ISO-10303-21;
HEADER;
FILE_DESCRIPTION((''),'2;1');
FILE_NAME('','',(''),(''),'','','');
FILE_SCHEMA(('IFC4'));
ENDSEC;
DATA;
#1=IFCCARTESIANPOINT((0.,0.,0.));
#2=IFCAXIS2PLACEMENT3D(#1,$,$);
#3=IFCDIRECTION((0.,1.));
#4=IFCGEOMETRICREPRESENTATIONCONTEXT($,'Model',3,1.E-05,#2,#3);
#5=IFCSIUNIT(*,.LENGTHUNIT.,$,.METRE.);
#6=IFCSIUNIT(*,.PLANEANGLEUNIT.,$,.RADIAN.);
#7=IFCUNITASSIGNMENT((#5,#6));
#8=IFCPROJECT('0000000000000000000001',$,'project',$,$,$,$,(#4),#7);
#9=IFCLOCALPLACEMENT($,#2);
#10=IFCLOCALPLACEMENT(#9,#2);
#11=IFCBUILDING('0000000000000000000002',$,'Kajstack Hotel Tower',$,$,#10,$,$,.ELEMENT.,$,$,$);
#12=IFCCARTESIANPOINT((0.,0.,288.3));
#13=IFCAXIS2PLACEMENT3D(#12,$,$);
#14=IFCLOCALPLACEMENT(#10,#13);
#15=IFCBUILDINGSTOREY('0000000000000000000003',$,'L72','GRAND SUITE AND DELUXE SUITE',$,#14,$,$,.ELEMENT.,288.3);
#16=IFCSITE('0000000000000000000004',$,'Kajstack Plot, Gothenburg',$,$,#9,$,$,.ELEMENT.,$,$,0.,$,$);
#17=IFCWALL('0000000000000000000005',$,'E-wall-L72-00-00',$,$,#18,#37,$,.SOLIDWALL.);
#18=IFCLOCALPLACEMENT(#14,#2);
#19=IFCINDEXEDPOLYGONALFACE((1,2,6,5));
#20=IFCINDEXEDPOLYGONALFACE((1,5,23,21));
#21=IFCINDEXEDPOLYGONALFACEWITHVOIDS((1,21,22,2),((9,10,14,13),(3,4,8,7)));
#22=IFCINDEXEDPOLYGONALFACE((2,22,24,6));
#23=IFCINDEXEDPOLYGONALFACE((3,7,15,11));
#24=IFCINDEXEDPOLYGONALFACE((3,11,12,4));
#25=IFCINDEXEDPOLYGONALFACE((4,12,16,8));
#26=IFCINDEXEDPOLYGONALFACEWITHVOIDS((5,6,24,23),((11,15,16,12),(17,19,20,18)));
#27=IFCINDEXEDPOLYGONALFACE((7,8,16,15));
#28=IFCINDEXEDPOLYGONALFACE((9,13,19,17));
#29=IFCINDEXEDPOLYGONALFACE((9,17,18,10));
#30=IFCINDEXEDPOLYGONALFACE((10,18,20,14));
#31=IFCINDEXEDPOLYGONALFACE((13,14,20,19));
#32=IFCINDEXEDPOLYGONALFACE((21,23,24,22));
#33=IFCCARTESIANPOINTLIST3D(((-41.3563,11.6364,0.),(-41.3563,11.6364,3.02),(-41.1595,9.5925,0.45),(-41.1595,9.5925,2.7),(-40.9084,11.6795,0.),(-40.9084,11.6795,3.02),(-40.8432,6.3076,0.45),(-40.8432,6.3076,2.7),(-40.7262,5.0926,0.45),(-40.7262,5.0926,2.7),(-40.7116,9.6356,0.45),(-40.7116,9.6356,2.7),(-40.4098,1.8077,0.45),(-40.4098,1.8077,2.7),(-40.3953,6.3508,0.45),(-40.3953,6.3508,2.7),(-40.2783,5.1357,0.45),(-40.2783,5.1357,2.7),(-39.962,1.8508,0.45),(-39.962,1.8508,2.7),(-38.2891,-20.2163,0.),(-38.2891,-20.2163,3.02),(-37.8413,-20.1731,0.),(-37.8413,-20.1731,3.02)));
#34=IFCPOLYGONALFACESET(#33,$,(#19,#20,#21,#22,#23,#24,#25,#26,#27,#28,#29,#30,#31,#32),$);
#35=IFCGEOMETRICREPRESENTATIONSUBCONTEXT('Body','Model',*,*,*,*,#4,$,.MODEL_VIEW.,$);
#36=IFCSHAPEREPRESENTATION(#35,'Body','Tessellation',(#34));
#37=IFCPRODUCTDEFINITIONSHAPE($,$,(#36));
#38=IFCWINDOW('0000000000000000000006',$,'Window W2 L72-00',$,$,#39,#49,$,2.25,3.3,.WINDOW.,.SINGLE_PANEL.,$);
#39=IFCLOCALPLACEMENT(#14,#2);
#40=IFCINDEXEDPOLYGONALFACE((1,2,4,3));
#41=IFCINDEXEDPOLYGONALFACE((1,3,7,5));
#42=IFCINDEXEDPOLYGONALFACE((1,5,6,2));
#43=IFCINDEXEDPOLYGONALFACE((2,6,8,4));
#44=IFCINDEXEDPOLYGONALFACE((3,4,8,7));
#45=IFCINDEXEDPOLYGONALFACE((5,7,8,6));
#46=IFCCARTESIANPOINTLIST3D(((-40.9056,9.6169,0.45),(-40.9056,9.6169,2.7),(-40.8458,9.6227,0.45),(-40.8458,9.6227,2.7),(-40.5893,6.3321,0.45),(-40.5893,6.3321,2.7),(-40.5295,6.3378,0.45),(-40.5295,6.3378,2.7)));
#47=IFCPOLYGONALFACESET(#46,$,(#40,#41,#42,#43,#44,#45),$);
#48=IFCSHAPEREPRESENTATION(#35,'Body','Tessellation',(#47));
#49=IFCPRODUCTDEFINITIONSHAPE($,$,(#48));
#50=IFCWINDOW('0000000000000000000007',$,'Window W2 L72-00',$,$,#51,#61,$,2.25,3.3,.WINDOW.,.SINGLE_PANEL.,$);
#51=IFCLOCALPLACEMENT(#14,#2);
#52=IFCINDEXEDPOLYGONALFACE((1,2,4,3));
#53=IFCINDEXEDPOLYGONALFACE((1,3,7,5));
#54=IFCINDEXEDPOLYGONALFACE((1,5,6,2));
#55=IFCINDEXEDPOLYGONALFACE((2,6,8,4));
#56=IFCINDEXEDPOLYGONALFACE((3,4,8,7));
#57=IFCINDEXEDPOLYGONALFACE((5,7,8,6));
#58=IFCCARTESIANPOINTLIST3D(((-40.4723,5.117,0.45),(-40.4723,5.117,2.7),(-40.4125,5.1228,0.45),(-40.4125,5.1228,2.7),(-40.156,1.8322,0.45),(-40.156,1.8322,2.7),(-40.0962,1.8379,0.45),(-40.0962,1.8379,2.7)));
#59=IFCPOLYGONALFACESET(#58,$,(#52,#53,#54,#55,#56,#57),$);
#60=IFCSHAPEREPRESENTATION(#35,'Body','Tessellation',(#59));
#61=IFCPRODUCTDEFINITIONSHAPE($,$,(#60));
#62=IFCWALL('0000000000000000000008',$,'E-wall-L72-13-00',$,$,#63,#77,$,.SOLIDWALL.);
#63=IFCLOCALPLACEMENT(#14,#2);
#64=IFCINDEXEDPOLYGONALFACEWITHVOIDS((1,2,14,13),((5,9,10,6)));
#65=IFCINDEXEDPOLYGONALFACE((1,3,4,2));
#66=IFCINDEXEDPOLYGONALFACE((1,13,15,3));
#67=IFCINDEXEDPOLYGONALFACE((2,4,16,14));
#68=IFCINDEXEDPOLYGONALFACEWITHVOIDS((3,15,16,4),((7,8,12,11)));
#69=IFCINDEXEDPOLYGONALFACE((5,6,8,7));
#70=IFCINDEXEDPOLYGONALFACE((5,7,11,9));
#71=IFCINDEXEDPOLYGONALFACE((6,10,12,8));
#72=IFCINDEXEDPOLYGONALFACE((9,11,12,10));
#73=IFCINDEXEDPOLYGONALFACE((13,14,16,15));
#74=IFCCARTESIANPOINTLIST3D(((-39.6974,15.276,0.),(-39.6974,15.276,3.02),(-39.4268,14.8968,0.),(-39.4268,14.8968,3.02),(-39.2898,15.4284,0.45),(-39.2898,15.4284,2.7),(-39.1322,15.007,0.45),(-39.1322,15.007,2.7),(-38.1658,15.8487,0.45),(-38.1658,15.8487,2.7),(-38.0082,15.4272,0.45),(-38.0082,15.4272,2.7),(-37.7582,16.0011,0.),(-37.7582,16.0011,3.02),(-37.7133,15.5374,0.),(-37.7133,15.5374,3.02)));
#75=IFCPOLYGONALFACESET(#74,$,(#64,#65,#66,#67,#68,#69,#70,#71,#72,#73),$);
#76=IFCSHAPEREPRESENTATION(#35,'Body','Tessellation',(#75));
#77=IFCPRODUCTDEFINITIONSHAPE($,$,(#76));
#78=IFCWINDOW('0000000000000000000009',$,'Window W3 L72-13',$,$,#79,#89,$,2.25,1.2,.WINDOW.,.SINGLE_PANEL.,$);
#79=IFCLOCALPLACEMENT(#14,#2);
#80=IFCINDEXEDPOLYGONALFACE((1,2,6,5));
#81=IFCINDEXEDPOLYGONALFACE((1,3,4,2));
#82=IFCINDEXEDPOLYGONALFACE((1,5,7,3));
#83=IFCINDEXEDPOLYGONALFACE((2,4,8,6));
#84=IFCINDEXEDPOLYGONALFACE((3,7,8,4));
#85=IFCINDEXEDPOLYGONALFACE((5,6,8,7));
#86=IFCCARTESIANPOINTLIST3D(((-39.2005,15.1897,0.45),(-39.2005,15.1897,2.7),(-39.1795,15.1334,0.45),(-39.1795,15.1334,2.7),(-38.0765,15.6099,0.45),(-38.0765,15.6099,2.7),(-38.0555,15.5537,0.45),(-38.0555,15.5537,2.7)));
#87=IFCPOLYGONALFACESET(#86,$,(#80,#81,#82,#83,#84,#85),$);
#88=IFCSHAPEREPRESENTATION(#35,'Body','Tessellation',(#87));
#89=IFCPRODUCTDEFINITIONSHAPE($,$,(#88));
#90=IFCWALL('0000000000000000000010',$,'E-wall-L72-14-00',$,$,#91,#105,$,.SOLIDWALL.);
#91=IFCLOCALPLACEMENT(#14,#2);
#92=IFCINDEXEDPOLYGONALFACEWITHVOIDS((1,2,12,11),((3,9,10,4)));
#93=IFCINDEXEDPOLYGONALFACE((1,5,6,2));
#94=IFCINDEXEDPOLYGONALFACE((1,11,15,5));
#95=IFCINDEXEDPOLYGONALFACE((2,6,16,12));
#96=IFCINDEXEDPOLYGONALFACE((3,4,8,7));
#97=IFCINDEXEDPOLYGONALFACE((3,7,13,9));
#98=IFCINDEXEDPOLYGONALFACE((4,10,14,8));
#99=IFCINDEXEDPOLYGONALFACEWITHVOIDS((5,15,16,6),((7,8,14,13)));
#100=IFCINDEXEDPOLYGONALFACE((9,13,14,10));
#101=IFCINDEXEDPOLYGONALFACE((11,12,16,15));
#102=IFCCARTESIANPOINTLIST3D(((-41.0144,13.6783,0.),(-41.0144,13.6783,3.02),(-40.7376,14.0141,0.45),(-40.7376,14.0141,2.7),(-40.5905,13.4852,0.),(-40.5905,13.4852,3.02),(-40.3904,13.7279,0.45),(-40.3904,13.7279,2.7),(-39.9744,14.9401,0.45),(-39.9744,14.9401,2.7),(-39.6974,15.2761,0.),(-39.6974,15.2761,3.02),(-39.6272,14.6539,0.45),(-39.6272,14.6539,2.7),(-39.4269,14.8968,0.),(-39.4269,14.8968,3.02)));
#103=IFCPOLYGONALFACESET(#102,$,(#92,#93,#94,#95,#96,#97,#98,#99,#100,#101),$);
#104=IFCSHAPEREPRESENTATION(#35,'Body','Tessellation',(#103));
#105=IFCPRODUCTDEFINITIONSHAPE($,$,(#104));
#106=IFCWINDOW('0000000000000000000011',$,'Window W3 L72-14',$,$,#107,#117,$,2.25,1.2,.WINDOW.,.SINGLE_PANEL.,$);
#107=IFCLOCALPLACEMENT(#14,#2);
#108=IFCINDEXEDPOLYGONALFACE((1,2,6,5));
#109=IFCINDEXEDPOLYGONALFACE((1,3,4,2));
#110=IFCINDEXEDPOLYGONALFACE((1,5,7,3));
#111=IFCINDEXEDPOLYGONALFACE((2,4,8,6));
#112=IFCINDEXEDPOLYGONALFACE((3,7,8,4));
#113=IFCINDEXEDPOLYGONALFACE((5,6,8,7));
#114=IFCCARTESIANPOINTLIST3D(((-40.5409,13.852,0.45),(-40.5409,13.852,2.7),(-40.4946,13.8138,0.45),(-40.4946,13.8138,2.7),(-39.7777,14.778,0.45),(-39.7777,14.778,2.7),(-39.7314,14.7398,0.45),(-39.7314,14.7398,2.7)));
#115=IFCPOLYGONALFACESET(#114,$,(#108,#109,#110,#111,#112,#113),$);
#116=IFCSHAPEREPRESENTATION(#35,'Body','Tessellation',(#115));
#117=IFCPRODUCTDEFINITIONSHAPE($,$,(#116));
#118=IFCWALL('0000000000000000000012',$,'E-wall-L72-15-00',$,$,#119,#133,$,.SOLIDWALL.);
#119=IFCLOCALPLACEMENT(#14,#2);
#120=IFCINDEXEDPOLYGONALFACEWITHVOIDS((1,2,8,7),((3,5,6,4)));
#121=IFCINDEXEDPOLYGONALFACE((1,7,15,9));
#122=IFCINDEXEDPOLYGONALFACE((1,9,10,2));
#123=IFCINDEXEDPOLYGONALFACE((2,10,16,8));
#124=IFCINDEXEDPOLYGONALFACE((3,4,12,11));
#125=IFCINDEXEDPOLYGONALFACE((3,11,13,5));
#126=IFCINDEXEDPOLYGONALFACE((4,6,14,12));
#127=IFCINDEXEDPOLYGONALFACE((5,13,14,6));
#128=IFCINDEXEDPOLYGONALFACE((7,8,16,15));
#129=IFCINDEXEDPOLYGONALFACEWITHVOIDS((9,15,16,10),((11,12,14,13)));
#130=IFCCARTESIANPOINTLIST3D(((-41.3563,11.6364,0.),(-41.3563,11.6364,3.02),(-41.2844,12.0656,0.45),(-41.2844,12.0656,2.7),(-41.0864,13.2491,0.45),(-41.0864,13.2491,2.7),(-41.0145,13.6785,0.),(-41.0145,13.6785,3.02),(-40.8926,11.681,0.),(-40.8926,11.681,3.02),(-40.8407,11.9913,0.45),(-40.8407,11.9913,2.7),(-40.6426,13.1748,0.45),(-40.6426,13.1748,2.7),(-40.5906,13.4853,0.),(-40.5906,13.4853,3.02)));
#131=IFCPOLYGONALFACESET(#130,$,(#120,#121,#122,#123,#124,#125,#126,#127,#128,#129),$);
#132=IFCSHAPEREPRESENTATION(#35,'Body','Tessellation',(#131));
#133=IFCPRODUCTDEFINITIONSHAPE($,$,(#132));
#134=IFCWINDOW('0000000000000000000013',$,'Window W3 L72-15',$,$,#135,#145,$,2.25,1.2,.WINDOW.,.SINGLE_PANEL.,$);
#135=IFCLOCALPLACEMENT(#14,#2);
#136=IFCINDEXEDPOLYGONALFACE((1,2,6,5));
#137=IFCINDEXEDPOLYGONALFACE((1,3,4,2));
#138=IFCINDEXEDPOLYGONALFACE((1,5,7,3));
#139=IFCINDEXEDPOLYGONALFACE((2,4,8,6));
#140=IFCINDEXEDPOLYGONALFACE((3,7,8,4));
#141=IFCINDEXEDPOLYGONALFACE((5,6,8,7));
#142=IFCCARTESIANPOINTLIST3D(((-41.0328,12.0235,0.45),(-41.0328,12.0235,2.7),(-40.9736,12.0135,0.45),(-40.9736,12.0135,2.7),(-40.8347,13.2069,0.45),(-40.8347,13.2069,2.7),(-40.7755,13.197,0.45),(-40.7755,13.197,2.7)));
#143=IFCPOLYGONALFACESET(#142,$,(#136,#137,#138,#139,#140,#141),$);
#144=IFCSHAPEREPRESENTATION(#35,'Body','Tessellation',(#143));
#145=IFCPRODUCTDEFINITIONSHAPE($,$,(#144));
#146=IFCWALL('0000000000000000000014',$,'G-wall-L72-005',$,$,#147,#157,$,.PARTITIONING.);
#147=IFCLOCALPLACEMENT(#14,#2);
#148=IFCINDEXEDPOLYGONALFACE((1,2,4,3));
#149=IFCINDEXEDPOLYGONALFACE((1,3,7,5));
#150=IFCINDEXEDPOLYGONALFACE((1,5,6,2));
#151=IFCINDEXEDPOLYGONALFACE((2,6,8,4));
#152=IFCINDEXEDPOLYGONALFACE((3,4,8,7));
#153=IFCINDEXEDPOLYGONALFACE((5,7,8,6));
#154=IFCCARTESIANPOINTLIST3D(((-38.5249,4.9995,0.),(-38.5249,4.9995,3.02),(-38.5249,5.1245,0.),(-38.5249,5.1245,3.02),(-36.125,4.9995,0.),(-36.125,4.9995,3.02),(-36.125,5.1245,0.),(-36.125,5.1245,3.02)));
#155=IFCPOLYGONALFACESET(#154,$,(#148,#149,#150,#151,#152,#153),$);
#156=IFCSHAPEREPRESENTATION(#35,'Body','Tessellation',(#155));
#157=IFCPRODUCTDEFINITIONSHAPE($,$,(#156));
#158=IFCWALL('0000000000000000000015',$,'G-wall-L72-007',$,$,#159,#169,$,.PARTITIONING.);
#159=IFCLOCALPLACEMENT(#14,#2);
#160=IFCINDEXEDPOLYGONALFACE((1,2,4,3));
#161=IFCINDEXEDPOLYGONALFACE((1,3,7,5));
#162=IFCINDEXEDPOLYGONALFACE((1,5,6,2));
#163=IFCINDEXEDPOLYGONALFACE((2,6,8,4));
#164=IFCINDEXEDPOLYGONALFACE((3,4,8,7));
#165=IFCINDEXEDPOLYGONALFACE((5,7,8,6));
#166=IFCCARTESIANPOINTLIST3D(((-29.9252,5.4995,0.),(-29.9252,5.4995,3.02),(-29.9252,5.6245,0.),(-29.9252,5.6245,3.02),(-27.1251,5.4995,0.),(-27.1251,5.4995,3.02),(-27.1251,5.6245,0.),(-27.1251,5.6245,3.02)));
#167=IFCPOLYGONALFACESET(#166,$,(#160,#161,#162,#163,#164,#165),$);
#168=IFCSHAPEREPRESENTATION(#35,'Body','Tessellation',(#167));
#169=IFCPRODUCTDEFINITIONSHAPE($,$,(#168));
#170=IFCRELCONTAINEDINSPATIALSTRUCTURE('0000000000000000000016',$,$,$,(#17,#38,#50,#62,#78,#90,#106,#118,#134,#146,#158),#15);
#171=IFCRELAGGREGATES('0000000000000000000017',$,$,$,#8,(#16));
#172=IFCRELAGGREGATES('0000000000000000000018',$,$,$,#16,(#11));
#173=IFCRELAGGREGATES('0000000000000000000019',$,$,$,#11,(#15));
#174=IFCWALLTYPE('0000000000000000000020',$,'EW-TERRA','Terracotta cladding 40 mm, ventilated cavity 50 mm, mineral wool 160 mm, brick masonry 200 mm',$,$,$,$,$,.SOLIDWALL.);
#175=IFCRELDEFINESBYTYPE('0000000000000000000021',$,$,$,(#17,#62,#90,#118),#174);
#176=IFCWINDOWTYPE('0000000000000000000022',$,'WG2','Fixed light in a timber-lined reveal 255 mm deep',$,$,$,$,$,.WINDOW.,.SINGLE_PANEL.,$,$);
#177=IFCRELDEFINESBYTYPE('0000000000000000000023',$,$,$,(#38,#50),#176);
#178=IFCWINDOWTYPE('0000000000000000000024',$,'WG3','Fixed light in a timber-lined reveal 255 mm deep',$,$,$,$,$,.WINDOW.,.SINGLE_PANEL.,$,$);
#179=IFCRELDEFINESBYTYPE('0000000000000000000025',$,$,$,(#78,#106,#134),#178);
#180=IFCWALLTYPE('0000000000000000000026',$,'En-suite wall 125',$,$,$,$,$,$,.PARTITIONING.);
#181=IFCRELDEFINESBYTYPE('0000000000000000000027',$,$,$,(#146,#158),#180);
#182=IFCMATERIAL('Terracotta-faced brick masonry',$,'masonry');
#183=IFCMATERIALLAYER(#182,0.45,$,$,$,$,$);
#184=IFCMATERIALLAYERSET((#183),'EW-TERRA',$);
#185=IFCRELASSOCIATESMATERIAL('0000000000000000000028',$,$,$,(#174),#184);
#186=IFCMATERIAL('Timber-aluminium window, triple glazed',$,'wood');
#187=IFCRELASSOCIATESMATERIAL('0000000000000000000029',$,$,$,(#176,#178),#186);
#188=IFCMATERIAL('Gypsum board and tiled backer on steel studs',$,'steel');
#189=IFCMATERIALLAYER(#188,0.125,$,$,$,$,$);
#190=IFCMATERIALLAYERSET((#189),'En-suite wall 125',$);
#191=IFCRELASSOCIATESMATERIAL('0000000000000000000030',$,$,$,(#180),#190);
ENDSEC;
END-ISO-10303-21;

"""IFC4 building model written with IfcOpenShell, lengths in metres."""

from ifc_helpers import new_model, si_unit, direction, frame, frame_2d, origin, place, context, subcontext, project, spatial, polyline, rectangle, outline, extrude, material, layer, layer_set, type_object, element, fill, save


model = new_model("IFC4")

# Units and contexts
model_context = context("Model", 3, precision=1e-05, world=origin(), true_north=direction((0.0, 1.0)))
body_context = subcontext(model_context, "Body", "Model", "MODEL_VIEW")
ifc_project = project(units=[si_unit("LENGTHUNIT", "METRE"), si_unit("PLANEANGLEUNIT", "RADIAN")], contexts=[model_context])

# Site, building, storey
site_placement = place(None, origin())
site = spatial("IfcSite", under=ifc_project, at=site_placement, Name="Kajstack Plot, Gothenburg", CompositionType="ELEMENT", RefElevation=0.0)
building_placement = place(site_placement, origin())
building = spatial("IfcBuilding", under=site, at=building_placement, Name="Kajstack Hotel Tower", CompositionType="ELEMENT")
storey_placement = place(building_placement, frame((0.0, 0.0, 288.3)))
storey = spatial("IfcBuildingStorey", under=building, at=storey_placement, Name="L72", Description="GRAND SUITE AND DELUXE SUITE", CompositionType="ELEMENT", Elevation=288.3)

# Wall, openings, windows
ifc_material_1 = material(Name="Terracotta-faced brick masonry", Category="masonry")
ifc_layer_1 = layer(ifc_material_1, 0.45)
ifc_layer_set_1 = layer_set([ifc_layer_1], Name="EW-TERRA")
wall_type_1 = type_object("IfcWallType", Name="EW-TERRA", Description="Terracotta cladding 40 mm, ventilated cavity 50 mm, mineral wool 160 mm, brick masonry 200 mm", PredefinedType="SOLIDWALL", material=ifc_layer_set_1)
wall_1_placement = place(storey_placement, frame((-41.1323, 11.658, 0.0), z_axis=(0.0, 0.0, 1.0), x_axis=(0.095848, -0.995396, 0.0)))
wall_1 = element("IfcWall", 1, at=wall_1_placement, inside=storey, type_object=wall_type_1, Name="E-wall-L72-00-00", PredefinedType="SOLIDWALL", context=body_context, shape_type="SweptSolid", body=[
    extrude(rectangle(XDim=32.0, YDim=0.45, at=frame_2d((16.0, 0.0))), origin(), (0.0, 0.0, 1.0), 3.02),
])
opening_1_placement = place(wall_1_placement, frame((2.0535, 0.0, 0.45)))
opening_1 = element("IfcOpeningElement", 2, at=opening_1_placement, cuts=wall_1, PredefinedType="OPENING", context=body_context, shape_type="SweptSolid", body=[
    extrude(rectangle(XDim=3.3, YDim=2.25, at=frame_2d((1.6499, 1.125))), frame((0.0, 0.2349, 0.0), z_axis=(0.0, -1.0, 0.0), x_axis=(1.0, 0.0, 0.0)), (0.0, 0.0, 1.0), 0.47),
])
opening_2_placement = place(wall_1_placement, frame((6.5742, 0.0, 0.45)))
opening_2 = element("IfcOpeningElement", 3, at=opening_2_placement, cuts=wall_1, PredefinedType="OPENING", context=body_context, shape_type="SweptSolid", body=[
    extrude(rectangle(XDim=3.3, YDim=2.25, at=frame_2d((1.6499, 1.125))), frame((0.0, 0.2349, 0.0), z_axis=(0.0, -1.0, 0.0), x_axis=(1.0, 0.0, 0.0)), (0.0, 0.0, 1.0), 0.47),
])
ifc_material_2 = material(Name="Timber-aluminium window, triple glazed", Category="wood")
window_type_1 = type_object("IfcWindowType", Name="WG2", Description="Fixed light in a timber-lined reveal 255 mm deep", PartitioningType="SINGLE_PANEL", PredefinedType="WINDOW", material=ifc_material_2)
window_1_placement = place(opening_1_placement, origin())
window_1 = element("IfcWindow", 4, at=window_1_placement, inside=storey, type_object=window_type_1, Name="Window W2 L72-00", OverallHeight=2.25, OverallWidth=3.3, PartitioningType="SINGLE_PANEL", PredefinedType="WINDOW", context=body_context, shape_type="SweptSolid", body=[
    extrude(rectangle(XDim=3.3, YDim=2.25, at=frame_2d((1.6499, 1.125))), frame((0.0, 0.0901, 0.0), z_axis=(0.0, -1.0, 0.0), x_axis=(1.0, 0.0, 0.0)), (0.0, 0.0, 1.0), 0.0601),
])
fill(opening_1, window_1)
window_2_placement = place(opening_2_placement, origin())
window_2 = element("IfcWindow", 5, at=window_2_placement, inside=storey, type_object=window_type_1, Name="Window W2 L72-00", OverallHeight=2.25, OverallWidth=3.3, PartitioningType="SINGLE_PANEL", PredefinedType="WINDOW", context=body_context, shape_type="SweptSolid", body=[
    extrude(rectangle(XDim=3.3, YDim=2.25, at=frame_2d((1.6499, 1.125))), frame((0.0, 0.0901, 0.0), z_axis=(0.0, -1.0, 0.0), x_axis=(1.0, 0.0, 0.0)), (0.0, 0.0, 1.0), 0.0601),
])
fill(opening_2, window_2)

# Walls, openings, windows
wall_2_placement = place(storey_placement, frame((-37.6792, 15.7905, 0.0), z_axis=(0.0, 0.0, 1.0), x_axis=(-0.936678, -0.350193, 0.0)))
wall_2 = element("IfcWall", 6, at=wall_2_placement, inside=storey, type_object=wall_type_1, Name="E-wall-L72-13-00", PredefinedType="SOLIDWALL", context=body_context, shape_type="SweptSolid", body=[
    extrude(outline(polyline([(0.0002, -0.2249), (2.0706, -0.2249), (1.95, 0.2251), (0.1206, 0.2251), (0.0002, -0.2249)])), origin(), (0.0, 0.0, 1.0), 3.02),
])
opening_3_placement = place(wall_2_placement, frame((0.4353, 0.0, 0.45)))
opening_3 = element("IfcOpeningElement", 7, at=opening_3_placement, cuts=wall_2, PredefinedType="OPENING", context=body_context, shape_type="SweptSolid", body=[
    extrude(rectangle(XDim=1.2, YDim=2.25, at=frame_2d((0.6001, 1.125))), frame((0.0, 0.2349, 0.0), z_axis=(0.0, -1.0, 0.0), x_axis=(1.0, 0.0, 0.0)), (0.0, 0.0, 1.0), 0.47),
])
window_type_2 = type_object("IfcWindowType", Name="WG3", Description="Fixed light in a timber-lined reveal 255 mm deep", PartitioningType="SINGLE_PANEL", PredefinedType="WINDOW", material=ifc_material_2)
window_3_placement = place(opening_3_placement, origin())
window_3 = element("IfcWindow", 8, at=window_3_placement, inside=storey, type_object=window_type_2, Name="Window W3 L72-13", OverallHeight=2.25, OverallWidth=1.2, PartitioningType="SINGLE_PANEL", PredefinedType="WINDOW", context=body_context, shape_type="SweptSolid", body=[
    extrude(rectangle(XDim=1.2, YDim=2.25, at=frame_2d((0.6001, 1.125))), frame((0.0, 0.0901, 0.0), z_axis=(0.0, -1.0, 0.0), x_axis=(1.0, 0.0, 0.0)), (0.0, 0.0, 1.0), 0.0601),
])
fill(opening_3, window_3)
wall_3_placement = place(storey_placement, frame((-39.5239, 15.1331, 0.0), z_axis=(0.0, 0.0, 1.0), x_axis=(-0.636046, -0.771651, 0.0)))
wall_3 = element("IfcWall", 9, at=wall_3_placement, inside=storey, type_object=wall_type_1, Name="E-wall-L72-14-00", PredefinedType="SOLIDWALL", context=body_context, shape_type="SweptSolid", body=[
    extrude(outline(polyline([(0.0, -0.2249), (2.0706, -0.2249), (1.95, 0.2251), (0.1206, 0.2251), (0.0, -0.2249)])), origin(), (0.0, 0.0, 1.0), 3.02),
])
opening_4_placement = place(wall_3_placement, frame((0.4353, 0.0, 0.45)))
opening_4 = element("IfcOpeningElement", 10, at=opening_4_placement, cuts=wall_3, PredefinedType="OPENING", context=body_context, shape_type="SweptSolid", body=[
    extrude(rectangle(XDim=1.2, YDim=2.25, at=frame_2d((0.6001, 1.125))), frame((0.0, 0.2349, 0.0), z_axis=(0.0, -1.0, 0.0), x_axis=(1.0, 0.0, 0.0)), (0.0, 0.0, 1.0), 0.47),
])
window_4_placement = place(opening_4_placement, origin())
window_4 = element("IfcWindow", 11, at=window_4_placement, inside=storey, type_object=window_type_2, Name="Window W3 L72-14", OverallHeight=2.25, OverallWidth=1.2, PartitioningType="SINGLE_PANEL", PredefinedType="WINDOW", context=body_context, shape_type="SweptSolid", body=[
    extrude(rectangle(XDim=1.2, YDim=2.25, at=frame_2d((0.6001, 1.125))), frame((0.0, 0.0901, 0.0), z_axis=(0.0, -1.0, 0.0), x_axis=(1.0, 0.0, 0.0)), (0.0, 0.0, 1.0), 0.0601),
])
fill(opening_4, window_4)
wall_4_placement = place(storey_placement, frame((-40.7925, 13.6414, 0.0), z_axis=(0.0, 0.0, 1.0), x_axis=(-0.165068, -0.986282, 0.0)))
wall_4 = element("IfcWall", 12, at=wall_4_placement, inside=storey, type_object=wall_type_1, Name="E-wall-L72-15-00", PredefinedType="SOLIDWALL", context=body_context, shape_type="SweptSolid", body=[
    extrude(outline(polyline([(0.0, -0.2251), (2.0706, -0.2251), (1.95, 0.2249), (0.1206, 0.2249), (0.0, -0.2251)])), origin(), (0.0, 0.0, 1.0), 3.02),
])
opening_5_placement = place(wall_4_placement, frame((0.4353, 0.0, 0.45)))
opening_5 = element("IfcOpeningElement", 13, at=opening_5_placement, cuts=wall_4, PredefinedType="OPENING", context=body_context, shape_type="SweptSolid", body=[
    extrude(rectangle(XDim=1.2, YDim=2.25, at=frame_2d((0.6001, 1.125))), frame((0.0, 0.2349, 0.0), z_axis=(0.0, -1.0, 0.0), x_axis=(1.0, 0.0, 0.0)), (0.0, 0.0, 1.0), 0.47),
])
window_5_placement = place(opening_5_placement, origin())
window_5 = element("IfcWindow", 14, at=window_5_placement, inside=storey, type_object=window_type_2, Name="Window W3 L72-15", OverallHeight=2.25, OverallWidth=1.2, PartitioningType="SINGLE_PANEL", PredefinedType="WINDOW", context=body_context, shape_type="SweptSolid", body=[
    extrude(rectangle(XDim=1.2, YDim=2.25, at=frame_2d((0.6001, 1.125))), frame((0.0, 0.0901, 0.0), z_axis=(0.0, -1.0, 0.0), x_axis=(1.0, 0.0, 0.0)), (0.0, 0.0, 1.0), 0.0601),
])
fill(opening_5, window_5)

# Walls
ifc_material_3 = material(Name="Gypsum board and tiled backer on steel studs", Category="steel")
ifc_layer_2 = layer(ifc_material_3, 0.125)
ifc_layer_set_2 = layer_set([ifc_layer_2], Name="En-suite wall 125")
wall_type_2 = type_object("IfcWallType", Name="En-suite wall 125", PredefinedType="PARTITIONING", material=ifc_layer_set_2)
wall_5_placement = place(storey_placement, frame((-38.5249, 5.062, 0.0), z_axis=(0.0, 0.0, 1.0), x_axis=(1.0, 0.0, 0.0)))
element("IfcWall", 15, at=wall_5_placement, inside=storey, type_object=wall_type_2, Name="G-wall-L72-005", PredefinedType="PARTITIONING", context=body_context, shape_type="SweptSolid", body=[
    extrude(rectangle(XDim=2.3999, YDim=0.125, at=frame_2d((1.2, 0.0))), origin(), (0.0, 0.0, 1.0), 3.02),
])
wall_6_placement = place(storey_placement, frame((-29.925, 5.562, 0.0), z_axis=(0.0, 0.0, 1.0), x_axis=(1.0, 0.0, 0.0)))
element("IfcWall", 16, at=wall_6_placement, inside=storey, type_object=wall_type_2, Name="G-wall-L72-007", PredefinedType="PARTITIONING", context=body_context, shape_type="SweptSolid", body=[
    extrude(rectangle(XDim=2.8, YDim=0.125, at=frame_2d((1.3999, 0.0))), origin(), (0.0, 0.0, 1.0), 3.02),
])

save(model, "model.ifc")
